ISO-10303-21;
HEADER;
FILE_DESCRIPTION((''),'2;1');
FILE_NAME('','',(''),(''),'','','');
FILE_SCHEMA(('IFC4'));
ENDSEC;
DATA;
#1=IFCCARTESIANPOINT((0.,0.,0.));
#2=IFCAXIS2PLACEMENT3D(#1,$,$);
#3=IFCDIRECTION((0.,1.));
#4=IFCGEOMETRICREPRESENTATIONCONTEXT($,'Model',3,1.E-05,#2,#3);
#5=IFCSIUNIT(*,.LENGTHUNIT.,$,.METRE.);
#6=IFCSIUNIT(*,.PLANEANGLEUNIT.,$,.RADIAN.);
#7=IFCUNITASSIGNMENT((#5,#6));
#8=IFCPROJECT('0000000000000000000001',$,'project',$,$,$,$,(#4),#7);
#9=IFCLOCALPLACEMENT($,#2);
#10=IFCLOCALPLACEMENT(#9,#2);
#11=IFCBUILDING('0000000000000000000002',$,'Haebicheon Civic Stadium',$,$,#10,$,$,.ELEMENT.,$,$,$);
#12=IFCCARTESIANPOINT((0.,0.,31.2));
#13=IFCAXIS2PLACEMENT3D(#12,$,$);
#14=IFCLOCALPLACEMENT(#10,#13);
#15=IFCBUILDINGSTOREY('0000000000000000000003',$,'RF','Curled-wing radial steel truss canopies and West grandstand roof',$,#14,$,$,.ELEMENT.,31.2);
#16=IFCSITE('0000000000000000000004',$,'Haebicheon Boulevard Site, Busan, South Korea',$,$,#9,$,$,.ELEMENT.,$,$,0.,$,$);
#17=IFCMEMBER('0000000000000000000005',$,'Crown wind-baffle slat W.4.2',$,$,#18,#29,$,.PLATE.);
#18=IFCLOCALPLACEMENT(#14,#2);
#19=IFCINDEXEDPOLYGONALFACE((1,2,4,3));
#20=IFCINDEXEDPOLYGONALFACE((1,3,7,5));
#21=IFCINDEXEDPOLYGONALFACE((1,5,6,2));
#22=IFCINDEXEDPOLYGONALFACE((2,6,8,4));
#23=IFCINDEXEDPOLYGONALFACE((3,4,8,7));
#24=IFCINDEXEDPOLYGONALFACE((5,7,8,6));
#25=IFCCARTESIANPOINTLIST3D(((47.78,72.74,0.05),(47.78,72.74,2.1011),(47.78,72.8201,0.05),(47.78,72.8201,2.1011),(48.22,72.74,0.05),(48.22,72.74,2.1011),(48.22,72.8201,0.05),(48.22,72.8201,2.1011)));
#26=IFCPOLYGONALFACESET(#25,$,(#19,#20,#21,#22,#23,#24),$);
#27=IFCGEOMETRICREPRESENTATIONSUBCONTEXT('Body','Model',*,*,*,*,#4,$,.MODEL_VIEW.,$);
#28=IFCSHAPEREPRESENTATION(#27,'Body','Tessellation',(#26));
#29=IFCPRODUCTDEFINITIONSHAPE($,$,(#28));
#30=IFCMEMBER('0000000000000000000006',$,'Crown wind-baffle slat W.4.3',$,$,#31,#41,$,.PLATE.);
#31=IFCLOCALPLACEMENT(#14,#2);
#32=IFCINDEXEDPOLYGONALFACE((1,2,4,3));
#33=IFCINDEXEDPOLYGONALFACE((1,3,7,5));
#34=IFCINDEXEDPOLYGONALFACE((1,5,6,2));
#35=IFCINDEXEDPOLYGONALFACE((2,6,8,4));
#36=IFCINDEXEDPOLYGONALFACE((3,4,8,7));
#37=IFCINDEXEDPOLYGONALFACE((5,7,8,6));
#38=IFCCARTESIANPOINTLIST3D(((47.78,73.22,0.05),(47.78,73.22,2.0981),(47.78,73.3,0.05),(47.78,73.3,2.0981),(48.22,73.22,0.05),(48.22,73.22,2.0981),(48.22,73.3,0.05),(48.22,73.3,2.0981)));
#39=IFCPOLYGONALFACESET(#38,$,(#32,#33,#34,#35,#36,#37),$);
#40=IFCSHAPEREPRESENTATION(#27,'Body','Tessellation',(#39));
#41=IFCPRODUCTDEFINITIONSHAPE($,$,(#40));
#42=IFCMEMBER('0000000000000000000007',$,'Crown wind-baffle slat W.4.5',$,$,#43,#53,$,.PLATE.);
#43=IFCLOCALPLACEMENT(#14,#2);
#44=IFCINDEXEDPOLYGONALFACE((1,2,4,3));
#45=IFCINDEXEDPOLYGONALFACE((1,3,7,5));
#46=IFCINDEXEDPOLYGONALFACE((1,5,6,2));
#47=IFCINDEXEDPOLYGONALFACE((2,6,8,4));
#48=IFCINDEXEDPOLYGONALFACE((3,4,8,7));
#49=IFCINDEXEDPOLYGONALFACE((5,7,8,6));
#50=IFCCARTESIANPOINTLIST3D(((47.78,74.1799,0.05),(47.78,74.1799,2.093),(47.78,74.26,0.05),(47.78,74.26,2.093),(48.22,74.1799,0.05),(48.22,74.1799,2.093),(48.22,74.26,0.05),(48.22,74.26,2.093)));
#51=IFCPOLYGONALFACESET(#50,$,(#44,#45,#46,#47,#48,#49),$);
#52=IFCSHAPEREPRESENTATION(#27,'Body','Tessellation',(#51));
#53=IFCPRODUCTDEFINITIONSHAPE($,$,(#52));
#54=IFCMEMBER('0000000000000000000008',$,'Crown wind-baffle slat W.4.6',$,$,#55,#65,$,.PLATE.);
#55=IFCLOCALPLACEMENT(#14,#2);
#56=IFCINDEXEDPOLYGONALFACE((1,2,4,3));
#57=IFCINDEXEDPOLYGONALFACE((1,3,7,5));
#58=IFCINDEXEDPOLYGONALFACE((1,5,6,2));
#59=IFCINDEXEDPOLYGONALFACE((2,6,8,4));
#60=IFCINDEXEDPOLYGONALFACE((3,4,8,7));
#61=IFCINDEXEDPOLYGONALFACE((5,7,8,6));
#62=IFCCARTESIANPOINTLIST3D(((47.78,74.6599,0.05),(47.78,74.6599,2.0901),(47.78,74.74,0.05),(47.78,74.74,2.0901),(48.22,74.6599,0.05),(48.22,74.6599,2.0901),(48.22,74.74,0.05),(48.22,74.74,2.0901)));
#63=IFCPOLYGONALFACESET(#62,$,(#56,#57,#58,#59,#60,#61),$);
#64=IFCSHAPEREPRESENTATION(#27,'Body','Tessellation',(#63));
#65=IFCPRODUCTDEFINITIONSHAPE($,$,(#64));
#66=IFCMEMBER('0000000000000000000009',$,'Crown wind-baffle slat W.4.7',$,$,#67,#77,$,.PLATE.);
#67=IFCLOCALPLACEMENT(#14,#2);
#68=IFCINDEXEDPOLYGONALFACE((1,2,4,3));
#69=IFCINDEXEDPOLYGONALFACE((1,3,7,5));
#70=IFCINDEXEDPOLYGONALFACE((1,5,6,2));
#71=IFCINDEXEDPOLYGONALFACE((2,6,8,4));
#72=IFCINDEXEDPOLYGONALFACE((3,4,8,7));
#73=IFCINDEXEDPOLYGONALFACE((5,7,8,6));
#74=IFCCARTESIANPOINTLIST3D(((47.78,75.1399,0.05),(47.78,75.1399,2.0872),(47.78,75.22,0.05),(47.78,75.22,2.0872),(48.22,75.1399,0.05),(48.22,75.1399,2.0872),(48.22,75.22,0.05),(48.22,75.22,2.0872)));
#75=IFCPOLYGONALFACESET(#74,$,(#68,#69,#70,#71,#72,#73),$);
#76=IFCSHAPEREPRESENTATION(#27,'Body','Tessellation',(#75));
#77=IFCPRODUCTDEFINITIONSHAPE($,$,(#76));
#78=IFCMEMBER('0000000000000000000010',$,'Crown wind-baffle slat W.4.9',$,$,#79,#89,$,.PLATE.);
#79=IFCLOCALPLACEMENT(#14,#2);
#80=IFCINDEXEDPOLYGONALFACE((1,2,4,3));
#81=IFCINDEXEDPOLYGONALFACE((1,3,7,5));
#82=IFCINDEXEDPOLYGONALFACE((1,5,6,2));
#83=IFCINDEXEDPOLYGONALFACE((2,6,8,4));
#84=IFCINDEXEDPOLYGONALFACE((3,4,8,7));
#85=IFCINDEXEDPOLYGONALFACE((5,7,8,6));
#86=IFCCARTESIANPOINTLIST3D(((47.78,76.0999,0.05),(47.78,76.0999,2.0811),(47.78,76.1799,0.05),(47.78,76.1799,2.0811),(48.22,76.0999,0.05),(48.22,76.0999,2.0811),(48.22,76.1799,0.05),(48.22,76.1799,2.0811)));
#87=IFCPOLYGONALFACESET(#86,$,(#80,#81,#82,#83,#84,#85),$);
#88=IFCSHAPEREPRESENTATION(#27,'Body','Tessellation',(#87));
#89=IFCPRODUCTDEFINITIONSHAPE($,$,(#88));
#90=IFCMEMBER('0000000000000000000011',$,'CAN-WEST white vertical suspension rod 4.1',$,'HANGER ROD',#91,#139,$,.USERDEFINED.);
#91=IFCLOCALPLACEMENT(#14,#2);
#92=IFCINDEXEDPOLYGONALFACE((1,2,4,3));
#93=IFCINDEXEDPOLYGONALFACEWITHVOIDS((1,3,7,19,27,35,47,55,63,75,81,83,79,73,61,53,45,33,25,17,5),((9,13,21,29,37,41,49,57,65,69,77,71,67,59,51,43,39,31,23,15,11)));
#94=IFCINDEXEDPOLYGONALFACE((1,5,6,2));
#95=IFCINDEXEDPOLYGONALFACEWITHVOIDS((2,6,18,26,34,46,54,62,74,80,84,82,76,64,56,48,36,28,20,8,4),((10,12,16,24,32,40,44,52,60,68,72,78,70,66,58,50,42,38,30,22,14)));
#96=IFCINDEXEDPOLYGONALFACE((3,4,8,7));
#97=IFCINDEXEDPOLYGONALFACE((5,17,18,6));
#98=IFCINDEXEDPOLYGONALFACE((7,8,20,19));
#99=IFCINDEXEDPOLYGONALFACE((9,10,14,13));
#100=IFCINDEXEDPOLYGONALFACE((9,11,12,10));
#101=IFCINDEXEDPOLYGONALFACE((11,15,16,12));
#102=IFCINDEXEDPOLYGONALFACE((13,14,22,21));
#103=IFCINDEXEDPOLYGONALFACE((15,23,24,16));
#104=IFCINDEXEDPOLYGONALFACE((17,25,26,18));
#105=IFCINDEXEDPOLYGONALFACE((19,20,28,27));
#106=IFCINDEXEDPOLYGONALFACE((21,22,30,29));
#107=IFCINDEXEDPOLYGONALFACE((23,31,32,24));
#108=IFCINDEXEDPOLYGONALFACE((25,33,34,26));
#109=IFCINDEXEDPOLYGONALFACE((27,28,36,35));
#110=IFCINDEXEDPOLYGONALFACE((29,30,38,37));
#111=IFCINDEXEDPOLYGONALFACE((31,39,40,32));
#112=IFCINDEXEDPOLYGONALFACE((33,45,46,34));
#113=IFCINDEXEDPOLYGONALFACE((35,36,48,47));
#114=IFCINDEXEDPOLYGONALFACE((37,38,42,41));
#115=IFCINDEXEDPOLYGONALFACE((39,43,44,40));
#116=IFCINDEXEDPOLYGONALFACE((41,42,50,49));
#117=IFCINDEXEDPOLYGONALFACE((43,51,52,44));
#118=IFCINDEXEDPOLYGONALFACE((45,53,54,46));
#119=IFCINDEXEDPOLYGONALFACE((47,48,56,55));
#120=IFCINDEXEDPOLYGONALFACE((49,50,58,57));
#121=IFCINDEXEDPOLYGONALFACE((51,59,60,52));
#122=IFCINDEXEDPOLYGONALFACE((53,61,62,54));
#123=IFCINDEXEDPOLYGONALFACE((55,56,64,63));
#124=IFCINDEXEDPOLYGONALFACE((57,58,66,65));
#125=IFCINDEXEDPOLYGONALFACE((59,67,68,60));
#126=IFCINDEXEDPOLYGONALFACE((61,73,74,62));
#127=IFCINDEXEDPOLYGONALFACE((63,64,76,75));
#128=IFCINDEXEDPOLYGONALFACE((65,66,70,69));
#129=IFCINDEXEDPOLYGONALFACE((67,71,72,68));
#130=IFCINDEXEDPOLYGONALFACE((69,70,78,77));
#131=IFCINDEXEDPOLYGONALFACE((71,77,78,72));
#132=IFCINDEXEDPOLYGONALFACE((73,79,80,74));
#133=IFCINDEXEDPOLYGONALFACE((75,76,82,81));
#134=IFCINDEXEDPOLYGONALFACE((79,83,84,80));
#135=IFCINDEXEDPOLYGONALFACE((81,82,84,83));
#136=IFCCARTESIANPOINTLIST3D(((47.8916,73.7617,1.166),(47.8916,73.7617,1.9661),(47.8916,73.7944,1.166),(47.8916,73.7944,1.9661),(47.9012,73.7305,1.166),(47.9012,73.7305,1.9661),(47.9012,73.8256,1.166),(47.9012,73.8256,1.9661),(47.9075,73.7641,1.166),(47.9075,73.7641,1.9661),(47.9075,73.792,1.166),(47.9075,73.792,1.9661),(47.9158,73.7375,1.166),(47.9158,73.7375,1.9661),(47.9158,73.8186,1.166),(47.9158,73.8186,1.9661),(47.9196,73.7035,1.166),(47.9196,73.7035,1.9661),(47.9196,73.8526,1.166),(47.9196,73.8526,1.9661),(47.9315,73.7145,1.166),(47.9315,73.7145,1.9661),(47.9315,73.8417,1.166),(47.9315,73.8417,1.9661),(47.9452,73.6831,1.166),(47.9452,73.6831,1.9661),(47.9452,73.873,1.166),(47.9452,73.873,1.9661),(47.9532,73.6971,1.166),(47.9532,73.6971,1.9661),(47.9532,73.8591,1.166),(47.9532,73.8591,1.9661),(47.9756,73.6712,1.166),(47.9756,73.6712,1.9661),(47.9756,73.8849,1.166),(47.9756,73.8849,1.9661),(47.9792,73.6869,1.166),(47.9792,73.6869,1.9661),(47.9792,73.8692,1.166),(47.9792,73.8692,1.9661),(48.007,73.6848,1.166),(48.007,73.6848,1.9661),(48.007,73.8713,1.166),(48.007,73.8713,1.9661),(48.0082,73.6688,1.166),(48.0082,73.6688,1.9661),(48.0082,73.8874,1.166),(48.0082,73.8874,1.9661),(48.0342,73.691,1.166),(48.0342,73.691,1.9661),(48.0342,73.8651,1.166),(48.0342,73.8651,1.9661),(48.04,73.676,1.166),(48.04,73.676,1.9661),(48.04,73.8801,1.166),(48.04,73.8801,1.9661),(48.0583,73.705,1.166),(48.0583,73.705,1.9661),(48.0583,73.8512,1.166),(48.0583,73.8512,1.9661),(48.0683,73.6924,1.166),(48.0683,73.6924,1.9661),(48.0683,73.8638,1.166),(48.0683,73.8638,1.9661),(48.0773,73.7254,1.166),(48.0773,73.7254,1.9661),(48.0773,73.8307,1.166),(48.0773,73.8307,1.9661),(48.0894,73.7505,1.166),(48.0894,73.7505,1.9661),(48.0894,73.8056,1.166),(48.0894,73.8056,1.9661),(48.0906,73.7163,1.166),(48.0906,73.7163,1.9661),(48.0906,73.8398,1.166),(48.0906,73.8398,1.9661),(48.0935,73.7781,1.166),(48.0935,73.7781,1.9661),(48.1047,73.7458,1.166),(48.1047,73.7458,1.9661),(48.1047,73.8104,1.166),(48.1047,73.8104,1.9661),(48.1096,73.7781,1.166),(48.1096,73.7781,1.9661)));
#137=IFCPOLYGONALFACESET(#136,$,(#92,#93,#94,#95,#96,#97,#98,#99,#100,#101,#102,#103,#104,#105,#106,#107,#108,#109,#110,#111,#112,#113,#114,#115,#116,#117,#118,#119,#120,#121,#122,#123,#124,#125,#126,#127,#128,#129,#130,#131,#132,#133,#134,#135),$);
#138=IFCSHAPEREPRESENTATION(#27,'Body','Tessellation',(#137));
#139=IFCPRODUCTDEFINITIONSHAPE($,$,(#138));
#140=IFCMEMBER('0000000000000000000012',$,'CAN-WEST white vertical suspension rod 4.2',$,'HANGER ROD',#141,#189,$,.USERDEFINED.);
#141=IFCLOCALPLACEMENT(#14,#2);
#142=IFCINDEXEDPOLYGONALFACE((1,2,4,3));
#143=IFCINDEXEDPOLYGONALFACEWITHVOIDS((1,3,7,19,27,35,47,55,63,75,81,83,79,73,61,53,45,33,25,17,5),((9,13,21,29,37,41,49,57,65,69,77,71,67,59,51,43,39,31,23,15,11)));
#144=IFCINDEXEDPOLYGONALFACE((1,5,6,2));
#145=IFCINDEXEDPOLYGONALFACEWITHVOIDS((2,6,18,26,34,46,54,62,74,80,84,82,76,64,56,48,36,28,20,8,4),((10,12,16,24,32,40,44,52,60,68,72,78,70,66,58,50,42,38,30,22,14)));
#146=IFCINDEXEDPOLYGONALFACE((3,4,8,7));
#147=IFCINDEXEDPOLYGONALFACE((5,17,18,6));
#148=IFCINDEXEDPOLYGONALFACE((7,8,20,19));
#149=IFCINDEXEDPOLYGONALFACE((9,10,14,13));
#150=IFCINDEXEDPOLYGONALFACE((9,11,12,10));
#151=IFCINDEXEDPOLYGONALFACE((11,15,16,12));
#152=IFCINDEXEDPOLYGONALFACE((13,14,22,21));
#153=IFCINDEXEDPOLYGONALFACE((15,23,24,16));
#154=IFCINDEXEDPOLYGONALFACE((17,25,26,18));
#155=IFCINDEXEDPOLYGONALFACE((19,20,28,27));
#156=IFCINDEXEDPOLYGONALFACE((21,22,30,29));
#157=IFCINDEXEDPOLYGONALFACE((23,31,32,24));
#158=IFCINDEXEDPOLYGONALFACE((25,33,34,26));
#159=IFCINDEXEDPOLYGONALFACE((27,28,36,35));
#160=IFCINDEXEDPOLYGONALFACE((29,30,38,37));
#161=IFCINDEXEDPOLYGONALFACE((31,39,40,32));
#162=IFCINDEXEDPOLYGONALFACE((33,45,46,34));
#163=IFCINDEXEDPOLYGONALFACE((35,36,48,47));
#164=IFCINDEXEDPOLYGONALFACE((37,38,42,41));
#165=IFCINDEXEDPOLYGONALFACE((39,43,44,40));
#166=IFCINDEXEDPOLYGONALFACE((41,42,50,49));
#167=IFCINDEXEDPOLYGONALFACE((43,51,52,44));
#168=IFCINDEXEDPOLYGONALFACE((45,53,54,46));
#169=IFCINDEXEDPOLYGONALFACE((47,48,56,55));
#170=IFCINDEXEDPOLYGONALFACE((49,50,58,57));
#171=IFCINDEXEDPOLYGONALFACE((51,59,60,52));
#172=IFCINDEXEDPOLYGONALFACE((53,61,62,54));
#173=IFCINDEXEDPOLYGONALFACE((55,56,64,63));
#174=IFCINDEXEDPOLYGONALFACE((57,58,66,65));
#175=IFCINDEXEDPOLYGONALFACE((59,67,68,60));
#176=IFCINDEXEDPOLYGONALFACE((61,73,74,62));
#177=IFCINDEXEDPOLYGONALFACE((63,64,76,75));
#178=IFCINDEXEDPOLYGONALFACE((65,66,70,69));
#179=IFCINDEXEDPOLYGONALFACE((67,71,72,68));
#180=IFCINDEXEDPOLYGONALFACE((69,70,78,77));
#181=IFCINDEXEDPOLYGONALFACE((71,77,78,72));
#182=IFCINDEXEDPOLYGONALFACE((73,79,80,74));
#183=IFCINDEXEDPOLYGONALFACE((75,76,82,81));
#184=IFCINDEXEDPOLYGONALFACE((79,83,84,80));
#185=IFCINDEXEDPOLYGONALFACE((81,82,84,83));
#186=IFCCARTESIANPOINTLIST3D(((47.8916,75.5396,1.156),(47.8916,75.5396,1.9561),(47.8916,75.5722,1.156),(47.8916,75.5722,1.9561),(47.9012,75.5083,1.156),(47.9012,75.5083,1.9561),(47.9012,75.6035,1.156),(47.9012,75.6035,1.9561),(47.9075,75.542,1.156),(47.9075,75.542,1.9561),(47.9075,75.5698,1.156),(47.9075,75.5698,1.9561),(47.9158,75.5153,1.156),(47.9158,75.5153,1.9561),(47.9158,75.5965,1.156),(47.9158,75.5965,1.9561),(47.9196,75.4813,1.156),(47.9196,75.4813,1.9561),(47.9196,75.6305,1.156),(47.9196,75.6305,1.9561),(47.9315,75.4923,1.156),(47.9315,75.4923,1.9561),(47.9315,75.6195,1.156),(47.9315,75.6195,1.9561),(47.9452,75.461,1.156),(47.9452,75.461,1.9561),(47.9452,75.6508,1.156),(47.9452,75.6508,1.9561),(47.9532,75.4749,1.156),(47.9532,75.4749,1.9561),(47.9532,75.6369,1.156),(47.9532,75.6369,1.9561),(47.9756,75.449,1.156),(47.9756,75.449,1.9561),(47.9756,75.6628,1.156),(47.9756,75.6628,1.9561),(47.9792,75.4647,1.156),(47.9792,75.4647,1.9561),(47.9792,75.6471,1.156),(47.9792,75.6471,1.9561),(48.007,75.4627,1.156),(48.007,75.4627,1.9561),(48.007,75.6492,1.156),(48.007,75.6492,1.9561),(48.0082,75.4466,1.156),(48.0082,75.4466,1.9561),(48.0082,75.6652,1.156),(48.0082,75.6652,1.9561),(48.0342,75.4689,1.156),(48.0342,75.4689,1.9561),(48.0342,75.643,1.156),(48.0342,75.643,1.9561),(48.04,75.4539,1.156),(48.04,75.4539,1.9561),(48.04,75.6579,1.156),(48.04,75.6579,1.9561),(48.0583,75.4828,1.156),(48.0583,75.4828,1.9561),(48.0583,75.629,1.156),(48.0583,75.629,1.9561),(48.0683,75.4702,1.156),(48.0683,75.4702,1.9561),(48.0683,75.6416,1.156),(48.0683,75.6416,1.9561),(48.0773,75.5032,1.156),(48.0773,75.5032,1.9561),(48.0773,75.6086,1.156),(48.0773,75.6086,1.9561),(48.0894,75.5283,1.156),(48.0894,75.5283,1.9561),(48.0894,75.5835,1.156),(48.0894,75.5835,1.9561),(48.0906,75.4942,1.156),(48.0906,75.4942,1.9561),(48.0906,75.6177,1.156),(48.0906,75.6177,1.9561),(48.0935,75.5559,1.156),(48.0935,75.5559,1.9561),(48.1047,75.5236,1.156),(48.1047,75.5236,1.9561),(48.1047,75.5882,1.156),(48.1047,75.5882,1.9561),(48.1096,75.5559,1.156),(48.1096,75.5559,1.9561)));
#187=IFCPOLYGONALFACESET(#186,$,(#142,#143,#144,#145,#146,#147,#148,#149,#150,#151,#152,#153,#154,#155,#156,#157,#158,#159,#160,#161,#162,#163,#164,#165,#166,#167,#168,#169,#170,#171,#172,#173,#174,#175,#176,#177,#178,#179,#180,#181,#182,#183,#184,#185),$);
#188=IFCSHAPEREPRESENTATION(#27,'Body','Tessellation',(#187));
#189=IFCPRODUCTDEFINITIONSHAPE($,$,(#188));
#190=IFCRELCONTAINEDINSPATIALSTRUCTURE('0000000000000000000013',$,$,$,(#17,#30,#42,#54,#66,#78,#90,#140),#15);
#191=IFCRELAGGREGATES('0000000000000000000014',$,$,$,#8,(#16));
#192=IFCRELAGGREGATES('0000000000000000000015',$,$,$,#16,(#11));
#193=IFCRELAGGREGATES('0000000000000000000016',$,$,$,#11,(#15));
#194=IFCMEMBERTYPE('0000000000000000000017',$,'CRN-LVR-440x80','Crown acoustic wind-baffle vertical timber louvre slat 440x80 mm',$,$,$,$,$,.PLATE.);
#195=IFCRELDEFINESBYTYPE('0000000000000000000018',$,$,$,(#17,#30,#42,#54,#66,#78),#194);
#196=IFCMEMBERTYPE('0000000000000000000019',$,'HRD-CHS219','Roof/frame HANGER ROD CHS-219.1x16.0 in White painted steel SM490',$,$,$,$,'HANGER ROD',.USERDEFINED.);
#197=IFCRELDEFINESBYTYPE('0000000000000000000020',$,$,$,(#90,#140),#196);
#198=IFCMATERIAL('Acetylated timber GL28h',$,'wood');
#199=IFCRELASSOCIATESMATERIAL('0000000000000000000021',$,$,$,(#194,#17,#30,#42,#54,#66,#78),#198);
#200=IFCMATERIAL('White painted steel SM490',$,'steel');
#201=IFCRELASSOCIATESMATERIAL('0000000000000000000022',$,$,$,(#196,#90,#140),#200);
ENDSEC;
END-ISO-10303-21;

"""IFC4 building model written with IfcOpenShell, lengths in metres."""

from ifc_helpers import new_model, si_unit, direction, frame, origin, origin_2d, place, context, subcontext, project, spatial, rectangle, hollow_circle, extrude, material, material_profile, profile_set, type_object, element, save


model = new_model("IFC4")

# Units and contexts
model_context = context("Model", 3, precision=1e-05, world=origin(), true_north=direction((0.0, 1.0)))
body_context = subcontext(model_context, "Body", "Model", "MODEL_VIEW")
ifc_project = project(units=[si_unit("LENGTHUNIT", "METRE"), si_unit("PLANEANGLEUNIT", "RADIAN")], contexts=[model_context])

# Site, building, storey
site_placement = place(None, origin())
site = spatial("IfcSite", under=ifc_project, at=site_placement, Name="Haebicheon Boulevard Site, Busan, South Korea", CompositionType="ELEMENT", RefElevation=0.0)
building_placement = place(site_placement, origin())
building = spatial("IfcBuilding", under=site, at=building_placement, Name="Haebicheon Civic Stadium", CompositionType="ELEMENT")
storey_placement = place(building_placement, frame((0.0, 0.0, 31.2)))
storey = spatial("IfcBuildingStorey", under=building, at=storey_placement, Name="RF", Description="Curled-wing radial steel truss canopies and West grandstand roof", CompositionType="ELEMENT", Elevation=31.2)

# Members
ifc_material_1 = material(Name="Acetylated timber GL28h", Category="wood")
ifc_material_profile_1 = material_profile(ifc_material_1, rectangle(XDim=0.0801, YDim=0.4399, at=origin_2d()), Name="TMB-LOUV-80x440")
ifc_profile_set_1 = profile_set([ifc_material_profile_1], Name="Acetylated timber GL28h")
member_type_1 = type_object("IfcMemberType", Name="CRN-LVR-440x80", Description="Crown acoustic wind-baffle vertical timber louvre slat 440x80 mm", PredefinedType="PLATE", material=ifc_profile_set_1)
member_1_placement = place(storey_placement, frame((48.0, 72.78, 0.05), z_axis=(0.0, 0.0, 1.0), x_axis=(0.0, 1.0, 0.0)))
element("IfcMember", 1, at=member_1_placement, inside=storey, type_object=member_type_1, material=ifc_profile_set_1, Name="Crown wind-baffle slat W.4.2", PredefinedType="PLATE", context=body_context, shape_type="SweptSolid", body=[
    extrude(rectangle(XDim=0.0801, YDim=0.4399, at=origin_2d()), origin(), (0.0, 0.0, 1.0), 2.051),
])
member_2_placement = place(storey_placement, frame((48.0, 73.26, 0.05), z_axis=(0.0, 0.0, 1.0), x_axis=(0.0, 1.0, 0.0)))
element("IfcMember", 2, at=member_2_placement, inside=storey, type_object=member_type_1, material=ifc_profile_set_1, Name="Crown wind-baffle slat W.4.3", PredefinedType="PLATE", context=body_context, shape_type="SweptSolid", body=[
    extrude(rectangle(XDim=0.0801, YDim=0.4399, at=origin_2d()), origin(), (0.0, 0.0, 1.0), 2.0481),
])
member_3_placement = place(storey_placement, frame((48.0, 74.22, 0.05), z_axis=(0.0, 0.0, 1.0), x_axis=(0.0, 1.0, 0.0)))
element("IfcMember", 3, at=member_3_placement, inside=storey, type_object=member_type_1, material=ifc_profile_set_1, Name="Crown wind-baffle slat W.4.5", PredefinedType="PLATE", context=body_context, shape_type="SweptSolid", body=[
    extrude(rectangle(XDim=0.0801, YDim=0.4399, at=origin_2d()), origin(), (0.0, 0.0, 1.0), 2.043),
])
member_4_placement = place(storey_placement, frame((48.0, 74.7, 0.05), z_axis=(0.0, 0.0, 1.0), x_axis=(0.0, 1.0, 0.0)))
element("IfcMember", 4, at=member_4_placement, inside=storey, type_object=member_type_1, material=ifc_profile_set_1, Name="Crown wind-baffle slat W.4.6", PredefinedType="PLATE", context=body_context, shape_type="SweptSolid", body=[
    extrude(rectangle(XDim=0.0801, YDim=0.4399, at=origin_2d()), origin(), (0.0, 0.0, 1.0), 2.04),
])
member_5_placement = place(storey_placement, frame((48.0, 75.1799, 0.05), z_axis=(0.0, 0.0, 1.0), x_axis=(0.0, 1.0, 0.0)))
element("IfcMember", 5, at=member_5_placement, inside=storey, type_object=member_type_1, material=ifc_profile_set_1, Name="Crown wind-baffle slat W.4.7", PredefinedType="PLATE", context=body_context, shape_type="SweptSolid", body=[
    extrude(rectangle(XDim=0.0801, YDim=0.4399, at=origin_2d()), origin(), (0.0, 0.0, 1.0), 2.0371),
])
member_6_placement = place(storey_placement, frame((48.0, 76.1399, 0.05), z_axis=(0.0, 0.0, 1.0), x_axis=(0.0, 1.0, 0.0)))
element("IfcMember", 6, at=member_6_placement, inside=storey, type_object=member_type_1, material=ifc_profile_set_1, Name="Crown wind-baffle slat W.4.9", PredefinedType="PLATE", context=body_context, shape_type="SweptSolid", body=[
    extrude(rectangle(XDim=0.0801, YDim=0.4399, at=origin_2d()), origin(), (0.0, 0.0, 1.0), 2.031),
])
ifc_material_2 = material(Name="White painted steel SM490", Category="steel")
ifc_material_profile_2 = material_profile(ifc_material_2, hollow_circle(Radius=0.1096, WallThickness=0.0161, at=origin_2d()), Name="CHS-219.1x16.0")
ifc_profile_set_2 = profile_set([ifc_material_profile_2], Name="White painted steel SM490")
member_type_2 = type_object("IfcMemberType", Name="HRD-CHS219", Description="Roof/frame HANGER ROD CHS-219.1x16.0 in White painted steel SM490", ElementType="HANGER ROD", PredefinedType="USERDEFINED", material=ifc_profile_set_2)
for number, where, z_axis, x_axis, name in (
    (7, (48.0, 73.7781, 1.166), (0.0, 0.0, 1.0), (1.0, 0.0, 0.0), "CAN-WEST white vertical suspension rod 4.1"),
    (8, (48.0, 75.5559, 1.156), (0.0, 0.0, 1.0), (1.0, 0.0, 0.0), "CAN-WEST white vertical suspension rod 4.2"),
):
    element("IfcMember", number, at=place(storey_placement, frame(where, z_axis=z_axis, x_axis=x_axis)), inside=storey, type_object=member_type_2, material=ifc_profile_set_2, Name=name, ObjectType="HANGER ROD", PredefinedType="USERDEFINED", context=body_context, shape_type="SweptSolid", body=[
        extrude(hollow_circle(Radius=0.1096, WallThickness=0.0161, at=origin_2d()), origin(), (0.0, 0.0, 1.0), 0.8),
    ])

save(model, "model.ifc")
